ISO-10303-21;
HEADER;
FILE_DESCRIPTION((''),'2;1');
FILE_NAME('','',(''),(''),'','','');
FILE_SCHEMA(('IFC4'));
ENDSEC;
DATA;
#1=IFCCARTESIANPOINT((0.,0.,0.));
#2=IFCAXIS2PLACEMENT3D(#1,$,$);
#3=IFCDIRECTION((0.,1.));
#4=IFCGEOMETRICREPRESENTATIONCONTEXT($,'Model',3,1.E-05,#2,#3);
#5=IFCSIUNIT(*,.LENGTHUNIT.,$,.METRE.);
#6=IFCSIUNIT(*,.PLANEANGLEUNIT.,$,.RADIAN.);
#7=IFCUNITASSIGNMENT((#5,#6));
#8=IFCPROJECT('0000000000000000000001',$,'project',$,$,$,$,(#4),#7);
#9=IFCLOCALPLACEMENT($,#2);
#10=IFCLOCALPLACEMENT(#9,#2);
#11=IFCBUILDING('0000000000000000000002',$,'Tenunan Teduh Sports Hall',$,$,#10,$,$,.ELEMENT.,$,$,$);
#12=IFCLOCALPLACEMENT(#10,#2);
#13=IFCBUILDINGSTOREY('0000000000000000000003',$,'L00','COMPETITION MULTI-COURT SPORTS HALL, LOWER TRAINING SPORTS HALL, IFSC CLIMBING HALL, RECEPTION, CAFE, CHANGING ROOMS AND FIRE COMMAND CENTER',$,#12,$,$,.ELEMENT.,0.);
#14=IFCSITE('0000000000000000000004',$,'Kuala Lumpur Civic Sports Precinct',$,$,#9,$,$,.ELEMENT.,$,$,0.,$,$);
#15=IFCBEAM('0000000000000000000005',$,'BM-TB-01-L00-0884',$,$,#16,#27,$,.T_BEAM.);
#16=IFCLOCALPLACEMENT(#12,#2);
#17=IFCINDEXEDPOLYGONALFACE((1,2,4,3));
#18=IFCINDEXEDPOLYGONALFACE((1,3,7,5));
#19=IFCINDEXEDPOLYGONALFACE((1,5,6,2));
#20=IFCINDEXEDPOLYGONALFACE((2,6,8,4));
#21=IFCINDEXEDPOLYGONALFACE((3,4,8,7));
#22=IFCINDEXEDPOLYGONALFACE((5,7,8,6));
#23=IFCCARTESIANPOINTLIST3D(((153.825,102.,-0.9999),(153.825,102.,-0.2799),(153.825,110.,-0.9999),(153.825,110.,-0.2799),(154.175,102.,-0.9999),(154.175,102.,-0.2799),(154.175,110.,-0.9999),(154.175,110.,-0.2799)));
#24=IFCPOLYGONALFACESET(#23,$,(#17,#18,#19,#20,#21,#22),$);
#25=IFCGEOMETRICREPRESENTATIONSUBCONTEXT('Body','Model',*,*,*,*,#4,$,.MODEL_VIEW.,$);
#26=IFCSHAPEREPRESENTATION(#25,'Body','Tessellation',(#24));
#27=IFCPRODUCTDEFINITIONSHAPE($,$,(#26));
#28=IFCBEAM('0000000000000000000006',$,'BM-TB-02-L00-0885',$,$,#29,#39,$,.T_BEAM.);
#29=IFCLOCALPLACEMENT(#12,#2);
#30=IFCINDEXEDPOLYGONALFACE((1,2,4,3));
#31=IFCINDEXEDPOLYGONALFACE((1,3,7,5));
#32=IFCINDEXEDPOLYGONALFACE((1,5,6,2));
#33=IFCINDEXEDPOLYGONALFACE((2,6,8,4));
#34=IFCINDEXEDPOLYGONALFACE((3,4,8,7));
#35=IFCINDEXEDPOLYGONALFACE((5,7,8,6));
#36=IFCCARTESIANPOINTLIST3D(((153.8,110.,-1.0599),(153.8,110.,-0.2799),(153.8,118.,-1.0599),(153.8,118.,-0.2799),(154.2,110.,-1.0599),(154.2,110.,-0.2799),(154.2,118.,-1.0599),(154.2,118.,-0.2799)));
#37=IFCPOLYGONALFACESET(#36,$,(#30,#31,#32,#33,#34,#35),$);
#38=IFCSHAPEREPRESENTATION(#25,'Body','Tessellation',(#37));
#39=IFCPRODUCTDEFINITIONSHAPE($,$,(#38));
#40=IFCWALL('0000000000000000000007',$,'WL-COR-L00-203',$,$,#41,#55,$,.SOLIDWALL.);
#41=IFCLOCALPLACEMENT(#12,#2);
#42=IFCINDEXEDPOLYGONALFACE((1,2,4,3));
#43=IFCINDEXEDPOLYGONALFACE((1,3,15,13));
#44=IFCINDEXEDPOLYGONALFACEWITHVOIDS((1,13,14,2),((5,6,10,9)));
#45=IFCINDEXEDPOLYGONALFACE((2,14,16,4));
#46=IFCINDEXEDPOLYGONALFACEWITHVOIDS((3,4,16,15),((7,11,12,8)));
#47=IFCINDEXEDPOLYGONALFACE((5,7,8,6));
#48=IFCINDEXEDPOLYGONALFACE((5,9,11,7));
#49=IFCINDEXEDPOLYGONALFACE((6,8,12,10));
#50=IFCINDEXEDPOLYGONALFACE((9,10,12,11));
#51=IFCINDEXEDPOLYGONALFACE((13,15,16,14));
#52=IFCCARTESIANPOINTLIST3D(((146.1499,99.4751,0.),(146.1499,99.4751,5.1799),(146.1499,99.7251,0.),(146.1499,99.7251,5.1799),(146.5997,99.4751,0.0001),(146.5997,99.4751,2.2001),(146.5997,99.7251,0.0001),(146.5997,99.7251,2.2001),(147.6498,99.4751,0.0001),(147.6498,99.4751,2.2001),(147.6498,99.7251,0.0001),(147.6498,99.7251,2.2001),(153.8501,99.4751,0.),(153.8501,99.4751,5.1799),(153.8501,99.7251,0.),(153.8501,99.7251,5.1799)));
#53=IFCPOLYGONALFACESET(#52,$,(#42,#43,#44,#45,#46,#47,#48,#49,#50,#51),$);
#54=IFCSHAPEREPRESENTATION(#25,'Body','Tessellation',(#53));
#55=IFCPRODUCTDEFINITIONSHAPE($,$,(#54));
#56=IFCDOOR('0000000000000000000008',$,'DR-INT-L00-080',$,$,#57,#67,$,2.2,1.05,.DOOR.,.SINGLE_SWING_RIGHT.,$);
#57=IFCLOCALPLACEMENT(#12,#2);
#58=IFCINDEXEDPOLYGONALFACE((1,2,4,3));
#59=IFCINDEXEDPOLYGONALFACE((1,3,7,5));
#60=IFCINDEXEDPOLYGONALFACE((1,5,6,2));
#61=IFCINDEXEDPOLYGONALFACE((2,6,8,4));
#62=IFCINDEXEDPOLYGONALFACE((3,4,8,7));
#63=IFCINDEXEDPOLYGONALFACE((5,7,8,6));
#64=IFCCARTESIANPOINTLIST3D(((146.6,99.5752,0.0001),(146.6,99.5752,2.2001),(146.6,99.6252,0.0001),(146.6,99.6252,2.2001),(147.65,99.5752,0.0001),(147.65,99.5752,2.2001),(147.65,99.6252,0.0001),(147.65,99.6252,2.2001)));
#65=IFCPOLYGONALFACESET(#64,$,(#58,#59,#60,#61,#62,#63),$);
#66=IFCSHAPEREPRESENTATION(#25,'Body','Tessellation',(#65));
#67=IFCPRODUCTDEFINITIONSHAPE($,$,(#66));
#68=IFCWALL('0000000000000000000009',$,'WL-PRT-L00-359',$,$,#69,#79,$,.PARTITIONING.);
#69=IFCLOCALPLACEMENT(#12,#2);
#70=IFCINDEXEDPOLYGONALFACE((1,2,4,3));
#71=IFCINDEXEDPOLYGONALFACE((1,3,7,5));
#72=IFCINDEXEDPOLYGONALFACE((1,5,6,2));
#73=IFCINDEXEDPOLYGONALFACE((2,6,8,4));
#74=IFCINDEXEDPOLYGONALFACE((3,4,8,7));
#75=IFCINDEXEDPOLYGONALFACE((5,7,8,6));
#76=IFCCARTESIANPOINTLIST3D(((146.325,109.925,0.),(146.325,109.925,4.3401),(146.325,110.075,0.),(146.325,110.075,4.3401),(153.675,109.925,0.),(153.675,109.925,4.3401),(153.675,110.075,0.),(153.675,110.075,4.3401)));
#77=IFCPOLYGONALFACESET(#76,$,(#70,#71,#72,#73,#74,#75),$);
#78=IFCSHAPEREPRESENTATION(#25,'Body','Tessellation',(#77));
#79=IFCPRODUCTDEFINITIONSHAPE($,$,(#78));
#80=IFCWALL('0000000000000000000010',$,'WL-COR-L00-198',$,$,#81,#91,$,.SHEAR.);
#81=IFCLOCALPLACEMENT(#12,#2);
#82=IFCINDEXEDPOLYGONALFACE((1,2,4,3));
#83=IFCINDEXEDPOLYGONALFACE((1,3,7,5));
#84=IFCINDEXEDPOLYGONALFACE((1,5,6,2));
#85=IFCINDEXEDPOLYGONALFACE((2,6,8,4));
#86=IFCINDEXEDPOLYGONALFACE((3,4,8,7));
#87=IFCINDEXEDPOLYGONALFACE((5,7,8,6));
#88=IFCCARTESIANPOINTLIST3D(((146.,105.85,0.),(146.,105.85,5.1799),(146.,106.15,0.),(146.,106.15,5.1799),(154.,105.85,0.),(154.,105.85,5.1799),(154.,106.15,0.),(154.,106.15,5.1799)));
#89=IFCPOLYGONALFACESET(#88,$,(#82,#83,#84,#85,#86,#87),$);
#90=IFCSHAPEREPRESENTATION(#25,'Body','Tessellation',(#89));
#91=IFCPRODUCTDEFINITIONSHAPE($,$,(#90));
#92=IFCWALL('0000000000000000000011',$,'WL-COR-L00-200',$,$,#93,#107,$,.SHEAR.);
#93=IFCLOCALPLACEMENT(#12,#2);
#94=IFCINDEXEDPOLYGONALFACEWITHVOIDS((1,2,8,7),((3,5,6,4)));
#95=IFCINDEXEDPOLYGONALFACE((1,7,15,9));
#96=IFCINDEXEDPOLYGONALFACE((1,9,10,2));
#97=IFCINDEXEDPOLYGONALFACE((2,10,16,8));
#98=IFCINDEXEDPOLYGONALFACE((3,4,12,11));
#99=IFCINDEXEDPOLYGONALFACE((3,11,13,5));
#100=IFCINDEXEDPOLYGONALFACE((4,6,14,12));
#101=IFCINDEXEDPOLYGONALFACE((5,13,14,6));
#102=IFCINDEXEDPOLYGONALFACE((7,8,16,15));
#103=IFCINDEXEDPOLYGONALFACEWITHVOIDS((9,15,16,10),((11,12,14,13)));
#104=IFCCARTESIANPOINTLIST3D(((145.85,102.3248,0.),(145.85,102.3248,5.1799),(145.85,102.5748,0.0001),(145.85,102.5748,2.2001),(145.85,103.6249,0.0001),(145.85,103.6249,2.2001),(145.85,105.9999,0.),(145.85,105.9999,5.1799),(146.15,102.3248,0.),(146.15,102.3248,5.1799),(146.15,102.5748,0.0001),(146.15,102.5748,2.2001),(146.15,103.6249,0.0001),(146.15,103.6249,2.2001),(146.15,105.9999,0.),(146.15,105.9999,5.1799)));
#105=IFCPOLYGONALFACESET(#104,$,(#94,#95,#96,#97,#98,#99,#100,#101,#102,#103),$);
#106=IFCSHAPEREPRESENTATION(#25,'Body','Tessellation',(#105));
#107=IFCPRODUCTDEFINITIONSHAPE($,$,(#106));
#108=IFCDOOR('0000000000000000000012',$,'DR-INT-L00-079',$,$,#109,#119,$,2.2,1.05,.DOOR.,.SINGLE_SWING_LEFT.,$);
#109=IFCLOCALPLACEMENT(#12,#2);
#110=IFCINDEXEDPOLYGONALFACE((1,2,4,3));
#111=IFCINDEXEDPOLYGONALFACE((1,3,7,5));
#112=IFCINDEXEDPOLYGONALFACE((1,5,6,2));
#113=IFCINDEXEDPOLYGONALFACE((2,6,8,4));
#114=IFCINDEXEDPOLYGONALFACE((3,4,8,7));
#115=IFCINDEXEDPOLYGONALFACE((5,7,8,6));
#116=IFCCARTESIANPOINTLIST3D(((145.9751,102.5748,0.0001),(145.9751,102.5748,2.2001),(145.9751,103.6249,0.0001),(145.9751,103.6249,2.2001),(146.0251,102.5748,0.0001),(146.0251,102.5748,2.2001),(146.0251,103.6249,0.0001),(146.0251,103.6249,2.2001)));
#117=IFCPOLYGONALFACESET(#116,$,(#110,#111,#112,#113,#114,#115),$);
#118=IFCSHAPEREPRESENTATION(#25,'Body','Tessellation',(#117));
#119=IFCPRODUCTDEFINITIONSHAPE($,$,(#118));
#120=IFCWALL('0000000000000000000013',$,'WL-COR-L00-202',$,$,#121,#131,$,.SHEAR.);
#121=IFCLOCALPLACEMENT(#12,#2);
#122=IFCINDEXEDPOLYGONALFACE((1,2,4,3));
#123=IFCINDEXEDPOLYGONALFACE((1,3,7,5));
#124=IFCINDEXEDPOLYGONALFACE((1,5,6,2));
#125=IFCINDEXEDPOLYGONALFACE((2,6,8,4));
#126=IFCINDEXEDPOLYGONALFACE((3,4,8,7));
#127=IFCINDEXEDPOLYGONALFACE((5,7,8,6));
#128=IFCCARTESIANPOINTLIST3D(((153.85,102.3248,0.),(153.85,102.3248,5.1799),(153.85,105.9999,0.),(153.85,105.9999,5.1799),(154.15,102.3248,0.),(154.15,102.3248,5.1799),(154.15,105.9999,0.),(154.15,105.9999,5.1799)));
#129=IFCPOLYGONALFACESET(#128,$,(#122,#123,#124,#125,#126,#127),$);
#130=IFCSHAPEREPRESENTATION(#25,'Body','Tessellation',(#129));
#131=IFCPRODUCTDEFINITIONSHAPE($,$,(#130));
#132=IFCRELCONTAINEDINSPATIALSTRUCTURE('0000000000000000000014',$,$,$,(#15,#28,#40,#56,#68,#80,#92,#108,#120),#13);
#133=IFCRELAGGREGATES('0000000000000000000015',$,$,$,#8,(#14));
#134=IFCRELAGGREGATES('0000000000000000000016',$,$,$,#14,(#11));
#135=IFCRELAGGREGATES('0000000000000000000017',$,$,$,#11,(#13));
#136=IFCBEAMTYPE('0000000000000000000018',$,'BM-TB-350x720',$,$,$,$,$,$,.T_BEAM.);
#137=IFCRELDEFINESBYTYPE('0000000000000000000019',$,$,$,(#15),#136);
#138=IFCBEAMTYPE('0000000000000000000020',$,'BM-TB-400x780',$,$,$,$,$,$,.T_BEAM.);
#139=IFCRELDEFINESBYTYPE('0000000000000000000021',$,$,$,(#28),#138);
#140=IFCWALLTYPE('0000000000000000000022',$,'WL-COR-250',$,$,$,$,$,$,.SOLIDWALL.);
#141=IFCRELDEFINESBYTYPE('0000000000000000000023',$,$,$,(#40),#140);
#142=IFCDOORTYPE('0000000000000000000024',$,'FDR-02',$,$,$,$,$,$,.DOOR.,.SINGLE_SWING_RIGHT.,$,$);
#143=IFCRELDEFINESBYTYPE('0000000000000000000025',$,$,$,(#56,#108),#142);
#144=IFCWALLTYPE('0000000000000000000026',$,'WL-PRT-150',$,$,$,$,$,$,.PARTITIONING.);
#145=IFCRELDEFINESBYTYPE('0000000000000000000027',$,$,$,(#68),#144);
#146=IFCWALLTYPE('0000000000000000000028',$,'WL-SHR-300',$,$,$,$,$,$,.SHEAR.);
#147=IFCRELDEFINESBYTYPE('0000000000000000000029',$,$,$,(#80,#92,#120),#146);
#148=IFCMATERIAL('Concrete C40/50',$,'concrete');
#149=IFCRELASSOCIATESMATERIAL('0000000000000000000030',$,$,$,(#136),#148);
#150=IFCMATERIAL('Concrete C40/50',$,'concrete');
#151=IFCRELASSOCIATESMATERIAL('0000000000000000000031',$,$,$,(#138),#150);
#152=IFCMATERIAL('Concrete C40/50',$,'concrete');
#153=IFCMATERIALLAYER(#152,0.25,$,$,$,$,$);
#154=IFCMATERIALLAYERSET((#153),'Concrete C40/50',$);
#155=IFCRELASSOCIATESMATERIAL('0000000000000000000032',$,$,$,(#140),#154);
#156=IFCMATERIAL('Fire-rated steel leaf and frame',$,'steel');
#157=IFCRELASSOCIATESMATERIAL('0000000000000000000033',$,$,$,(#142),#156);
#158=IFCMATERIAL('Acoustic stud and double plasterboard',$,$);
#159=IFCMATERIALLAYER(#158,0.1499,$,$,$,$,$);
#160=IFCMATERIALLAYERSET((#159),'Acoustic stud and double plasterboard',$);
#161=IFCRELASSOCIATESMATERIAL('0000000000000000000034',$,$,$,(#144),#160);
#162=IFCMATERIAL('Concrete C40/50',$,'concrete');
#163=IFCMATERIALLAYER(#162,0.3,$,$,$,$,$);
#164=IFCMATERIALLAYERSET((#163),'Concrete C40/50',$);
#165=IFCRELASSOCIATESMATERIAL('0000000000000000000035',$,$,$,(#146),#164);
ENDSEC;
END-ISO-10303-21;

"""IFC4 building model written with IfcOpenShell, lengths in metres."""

from ifc_helpers import new_model, si_unit, direction, frame, frame_2d, origin, origin_2d, place, context, subcontext, project, spatial, rectangle, extrude, material, layer, layer_set, material_profile, profile_set, type_object, element, fill, save


model = new_model("IFC4")

# Units and contexts
model_context = context("Model", 3, precision=1e-05, world=origin(), true_north=direction((0.0, 1.0)))
body_context = subcontext(model_context, "Body", "Model", "MODEL_VIEW")
ifc_project = project(units=[si_unit("LENGTHUNIT", "METRE"), si_unit("PLANEANGLEUNIT", "RADIAN")], contexts=[model_context])

# Site, building, storey
site_placement = place(None, origin())
site = spatial("IfcSite", under=ifc_project, at=site_placement, Name="Kuala Lumpur Civic Sports Precinct", CompositionType="ELEMENT", RefElevation=0.0)
building_placement = place(site_placement, origin())
building = spatial("IfcBuilding", under=site, at=building_placement, Name="Tenunan Teduh Sports Hall", CompositionType="ELEMENT")
storey_placement = place(building_placement, origin())
storey = spatial("IfcBuildingStorey", under=building, at=storey_placement, Name="L00", Description="COMPETITION MULTI-COURT SPORTS HALL, LOWER TRAINING SPORTS HALL, IFSC CLIMBING HALL, RECEPTION, CAFE, CHANGING ROOMS AND FIRE COMMAND CENTER", CompositionType="ELEMENT", Elevation=0.0)

# Beams
ifc_material_1 = material(Name="Concrete C40/50", Category="concrete")
ifc_material_profile_1 = material_profile(ifc_material_1, rectangle(XDim=0.3501, YDim=0.72, at=origin_2d()), Name="TB 350x720")
ifc_profile_set_1 = profile_set([ifc_material_profile_1], Name="Concrete C40/50")
beam_type_1 = type_object("IfcBeamType", Name="BM-TB-350x720", PredefinedType="T_BEAM", material=ifc_profile_set_1)
beam_1_placement = place(storey_placement, frame((154.0, 102.0, -0.6399), z_axis=(0.0, 1.0, 0.0), x_axis=(-1.0, 0.0, 0.0)))
element("IfcBeam", 1, at=beam_1_placement, inside=storey, type_object=beam_type_1, Name="BM-TB-01-L00-0884", PredefinedType="T_BEAM", context=body_context, shape_type="SweptSolid", body=[
    extrude(rectangle(XDim=0.3501, YDim=0.72, at=origin_2d()), origin(), (0.0, 0.0, 1.0), 8.0),
])
ifc_material_2 = material(Name="Concrete C40/50", Category="concrete")
ifc_material_profile_2 = material_profile(ifc_material_2, rectangle(XDim=0.3999, YDim=0.78, at=origin_2d()), Name="TB 400x780")
ifc_profile_set_2 = profile_set([ifc_material_profile_2], Name="Concrete C40/50")
beam_type_2 = type_object("IfcBeamType", Name="BM-TB-400x780", PredefinedType="T_BEAM", material=ifc_profile_set_2)
beam_2_placement = place(storey_placement, frame((154.0, 110.0, -0.6699), z_axis=(0.0, 1.0, 0.0), x_axis=(-1.0, 0.0, 0.0)))
element("IfcBeam", 2, at=beam_2_placement, inside=storey, type_object=beam_type_2, Name="BM-TB-02-L00-0885", PredefinedType="T_BEAM", context=body_context, shape_type="SweptSolid", body=[
    extrude(rectangle(XDim=0.3999, YDim=0.78, at=origin_2d()), origin(), (0.0, 0.0, 1.0), 8.0),
])

# Wall, opening, door
ifc_material_3 = material(Name="Concrete C40/50", Category="concrete")
ifc_layer_1 = layer(ifc_material_3, 0.25)
ifc_layer_set_1 = layer_set([ifc_layer_1], Name="Concrete C40/50")
wall_type_1 = type_object("IfcWallType", Name="WL-COR-250", PredefinedType="SOLIDWALL", material=ifc_layer_set_1)
wall_1_placement = place(storey_placement, frame((146.1499, 99.6001, 0.0), z_axis=(0.0, 0.0, 1.0), x_axis=(1.0, 0.0, 0.0)))
wall_1 = element("IfcWall", 3, at=wall_1_placement, inside=storey, type_object=wall_type_1, Name="WL-COR-L00-203", PredefinedType="SOLIDWALL", context=body_context, shape_type="SweptSolid", body=[
    extrude(rectangle(XDim=7.7002, YDim=0.25, at=frame_2d((3.8501, 0.0))), origin(), (0.0, 0.0, 1.0), 5.1799),
])
opening_1_placement = place(wall_1_placement, frame((0.45, 0.0, 0.0)))
opening_1 = element("IfcOpeningElement", 4, at=opening_1_placement, cuts=wall_1, PredefinedType="OPENING", context=body_context, shape_type="SweptSolid", body=[
    extrude(rectangle(XDim=1.05, YDim=2.2, at=frame_2d((0.5249, 1.1001))), frame((0.0, 0.135, 0.0), z_axis=(0.0, -1.0, 0.0), x_axis=(1.0, 0.0, 0.0)), (0.0, 0.0, 1.0), 0.27),
])
ifc_material_4 = material(Name="Fire-rated steel leaf and frame", Category="steel")
door_type = type_object("IfcDoorType", Name="FDR-02", OperationType="SINGLE_SWING_RIGHT", PredefinedType="DOOR", material=ifc_material_4)
door_1_placement = place(opening_1_placement, frame((1.05, 0.0, 0.0), z_axis=(0.0, 0.0, 1.0), x_axis=(-1.0, 0.0, 0.0)))
door_1 = element("IfcDoor", 5, at=door_1_placement, inside=storey, type_object=door_type, Name="DR-INT-L00-080", OperationType="SINGLE_SWING_RIGHT", OverallHeight=2.2, OverallWidth=1.05, PredefinedType="DOOR", context=body_context, shape_type="SweptSolid", body=[
    extrude(rectangle(XDim=1.05, YDim=2.2, at=frame_2d((0.5249, 1.1001))), frame((0.0, 0.0249, 0.0), z_axis=(0.0, -1.0, 0.0), x_axis=(1.0, 0.0, 0.0)), (0.0, 0.0, 1.0), 0.05),
])
fill(opening_1, door_1)

# Walls
ifc_material_5 = material(Name="Acoustic stud and double plasterboard")
ifc_layer_2 = layer(ifc_material_5, 0.1499)
ifc_layer_set_2 = layer_set([ifc_layer_2], Name="Acoustic stud and double plasterboard")
wall_type_2 = type_object("IfcWallType", Name="WL-PRT-150", PredefinedType="PARTITIONING", material=ifc_layer_set_2)
wall_2_placement = place(storey_placement, frame((146.325, 110.0, 0.0), z_axis=(0.0, 0.0, 1.0), x_axis=(1.0, 0.0, 0.0)))
element("IfcWall", 6, at=wall_2_placement, inside=storey, type_object=wall_type_2, Name="WL-PRT-L00-359", PredefinedType="PARTITIONING", context=body_context, shape_type="SweptSolid", body=[
    extrude(rectangle(XDim=7.3501, YDim=0.1499, at=frame_2d((3.675, 0.0))), origin(), (0.0, 0.0, 1.0), 4.3401),
])
ifc_material_6 = material(Name="Concrete C40/50", Category="concrete")
ifc_layer_3 = layer(ifc_material_6, 0.3)
ifc_layer_set_3 = layer_set([ifc_layer_3], Name="Concrete C40/50")
wall_type_3 = type_object("IfcWallType", Name="WL-SHR-300", PredefinedType="SHEAR", material=ifc_layer_set_3)
wall_3_placement = place(storey_placement, frame((146.0, 106.0, 0.0), z_axis=(0.0, 0.0, 1.0), x_axis=(1.0, 0.0, 0.0)))
element("IfcWall", 7, at=wall_3_placement, inside=storey, type_object=wall_type_3, Name="WL-COR-L00-198", PredefinedType="SHEAR", context=body_context, shape_type="SweptSolid", body=[
    extrude(rectangle(XDim=8.0, YDim=0.3, at=frame_2d((4.0, 0.0))), origin(), (0.0, 0.0, 1.0), 5.1799),
])

# Wall, opening, door
wall_4_placement = place(storey_placement, frame((146.0, 102.325, 0.0), z_axis=(0.0, 0.0, 1.0), x_axis=(0.0, 1.0, 0.0)))
wall_4 = element("IfcWall", 8, at=wall_4_placement, inside=storey, type_object=wall_type_3, Name="WL-COR-L00-200", PredefinedType="SHEAR", context=body_context, shape_type="SweptSolid", body=[
    extrude(rectangle(XDim=3.675, YDim=0.3, at=frame_2d((1.8374, 0.0))), origin(), (0.0, 0.0, 1.0), 5.1799),
])
opening_2_placement = place(wall_4_placement, frame((0.25, 0.0, 0.0)))
opening_2 = element("IfcOpeningElement", 9, at=opening_2_placement, cuts=wall_4, PredefinedType="OPENING", context=body_context, shape_type="SweptSolid", body=[
    extrude(rectangle(XDim=1.05, YDim=2.2, at=frame_2d((0.5249, 1.1001))), frame((0.0, 0.1599, 0.0), z_axis=(0.0, -1.0, 0.0), x_axis=(1.0, 0.0, 0.0)), (0.0, 0.0, 1.0), 0.3201),
])
door_2_placement = place(opening_2_placement, origin())
door_2 = element("IfcDoor", 10, at=door_2_placement, inside=storey, type_object=door_type, Name="DR-INT-L00-079", OperationType="SINGLE_SWING_LEFT", OverallHeight=2.2, OverallWidth=1.05, PredefinedType="DOOR", context=body_context, shape_type="SweptSolid", body=[
    extrude(rectangle(XDim=1.05, YDim=2.2, at=frame_2d((0.5249, 1.1001))), frame((0.0, 0.0249, 0.0), z_axis=(0.0, -1.0, 0.0), x_axis=(1.0, 0.0, 0.0)), (0.0, 0.0, 1.0), 0.05),
])
fill(opening_2, door_2)

# Wall
wall_5_placement = place(storey_placement, frame((154.0, 102.325, 0.0), z_axis=(0.0, 0.0, 1.0), x_axis=(0.0, 1.0, 0.0)))
element("IfcWall", 11, at=wall_5_placement, inside=storey, type_object=wall_type_3, Name="WL-COR-L00-202", PredefinedType="SHEAR", context=body_context, shape_type="SweptSolid", body=[
    extrude(rectangle(XDim=3.675, YDim=0.3, at=frame_2d((1.8374, 0.0))), origin(), (0.0, 0.0, 1.0), 5.1799),
])

save(model, "model.ifc")
